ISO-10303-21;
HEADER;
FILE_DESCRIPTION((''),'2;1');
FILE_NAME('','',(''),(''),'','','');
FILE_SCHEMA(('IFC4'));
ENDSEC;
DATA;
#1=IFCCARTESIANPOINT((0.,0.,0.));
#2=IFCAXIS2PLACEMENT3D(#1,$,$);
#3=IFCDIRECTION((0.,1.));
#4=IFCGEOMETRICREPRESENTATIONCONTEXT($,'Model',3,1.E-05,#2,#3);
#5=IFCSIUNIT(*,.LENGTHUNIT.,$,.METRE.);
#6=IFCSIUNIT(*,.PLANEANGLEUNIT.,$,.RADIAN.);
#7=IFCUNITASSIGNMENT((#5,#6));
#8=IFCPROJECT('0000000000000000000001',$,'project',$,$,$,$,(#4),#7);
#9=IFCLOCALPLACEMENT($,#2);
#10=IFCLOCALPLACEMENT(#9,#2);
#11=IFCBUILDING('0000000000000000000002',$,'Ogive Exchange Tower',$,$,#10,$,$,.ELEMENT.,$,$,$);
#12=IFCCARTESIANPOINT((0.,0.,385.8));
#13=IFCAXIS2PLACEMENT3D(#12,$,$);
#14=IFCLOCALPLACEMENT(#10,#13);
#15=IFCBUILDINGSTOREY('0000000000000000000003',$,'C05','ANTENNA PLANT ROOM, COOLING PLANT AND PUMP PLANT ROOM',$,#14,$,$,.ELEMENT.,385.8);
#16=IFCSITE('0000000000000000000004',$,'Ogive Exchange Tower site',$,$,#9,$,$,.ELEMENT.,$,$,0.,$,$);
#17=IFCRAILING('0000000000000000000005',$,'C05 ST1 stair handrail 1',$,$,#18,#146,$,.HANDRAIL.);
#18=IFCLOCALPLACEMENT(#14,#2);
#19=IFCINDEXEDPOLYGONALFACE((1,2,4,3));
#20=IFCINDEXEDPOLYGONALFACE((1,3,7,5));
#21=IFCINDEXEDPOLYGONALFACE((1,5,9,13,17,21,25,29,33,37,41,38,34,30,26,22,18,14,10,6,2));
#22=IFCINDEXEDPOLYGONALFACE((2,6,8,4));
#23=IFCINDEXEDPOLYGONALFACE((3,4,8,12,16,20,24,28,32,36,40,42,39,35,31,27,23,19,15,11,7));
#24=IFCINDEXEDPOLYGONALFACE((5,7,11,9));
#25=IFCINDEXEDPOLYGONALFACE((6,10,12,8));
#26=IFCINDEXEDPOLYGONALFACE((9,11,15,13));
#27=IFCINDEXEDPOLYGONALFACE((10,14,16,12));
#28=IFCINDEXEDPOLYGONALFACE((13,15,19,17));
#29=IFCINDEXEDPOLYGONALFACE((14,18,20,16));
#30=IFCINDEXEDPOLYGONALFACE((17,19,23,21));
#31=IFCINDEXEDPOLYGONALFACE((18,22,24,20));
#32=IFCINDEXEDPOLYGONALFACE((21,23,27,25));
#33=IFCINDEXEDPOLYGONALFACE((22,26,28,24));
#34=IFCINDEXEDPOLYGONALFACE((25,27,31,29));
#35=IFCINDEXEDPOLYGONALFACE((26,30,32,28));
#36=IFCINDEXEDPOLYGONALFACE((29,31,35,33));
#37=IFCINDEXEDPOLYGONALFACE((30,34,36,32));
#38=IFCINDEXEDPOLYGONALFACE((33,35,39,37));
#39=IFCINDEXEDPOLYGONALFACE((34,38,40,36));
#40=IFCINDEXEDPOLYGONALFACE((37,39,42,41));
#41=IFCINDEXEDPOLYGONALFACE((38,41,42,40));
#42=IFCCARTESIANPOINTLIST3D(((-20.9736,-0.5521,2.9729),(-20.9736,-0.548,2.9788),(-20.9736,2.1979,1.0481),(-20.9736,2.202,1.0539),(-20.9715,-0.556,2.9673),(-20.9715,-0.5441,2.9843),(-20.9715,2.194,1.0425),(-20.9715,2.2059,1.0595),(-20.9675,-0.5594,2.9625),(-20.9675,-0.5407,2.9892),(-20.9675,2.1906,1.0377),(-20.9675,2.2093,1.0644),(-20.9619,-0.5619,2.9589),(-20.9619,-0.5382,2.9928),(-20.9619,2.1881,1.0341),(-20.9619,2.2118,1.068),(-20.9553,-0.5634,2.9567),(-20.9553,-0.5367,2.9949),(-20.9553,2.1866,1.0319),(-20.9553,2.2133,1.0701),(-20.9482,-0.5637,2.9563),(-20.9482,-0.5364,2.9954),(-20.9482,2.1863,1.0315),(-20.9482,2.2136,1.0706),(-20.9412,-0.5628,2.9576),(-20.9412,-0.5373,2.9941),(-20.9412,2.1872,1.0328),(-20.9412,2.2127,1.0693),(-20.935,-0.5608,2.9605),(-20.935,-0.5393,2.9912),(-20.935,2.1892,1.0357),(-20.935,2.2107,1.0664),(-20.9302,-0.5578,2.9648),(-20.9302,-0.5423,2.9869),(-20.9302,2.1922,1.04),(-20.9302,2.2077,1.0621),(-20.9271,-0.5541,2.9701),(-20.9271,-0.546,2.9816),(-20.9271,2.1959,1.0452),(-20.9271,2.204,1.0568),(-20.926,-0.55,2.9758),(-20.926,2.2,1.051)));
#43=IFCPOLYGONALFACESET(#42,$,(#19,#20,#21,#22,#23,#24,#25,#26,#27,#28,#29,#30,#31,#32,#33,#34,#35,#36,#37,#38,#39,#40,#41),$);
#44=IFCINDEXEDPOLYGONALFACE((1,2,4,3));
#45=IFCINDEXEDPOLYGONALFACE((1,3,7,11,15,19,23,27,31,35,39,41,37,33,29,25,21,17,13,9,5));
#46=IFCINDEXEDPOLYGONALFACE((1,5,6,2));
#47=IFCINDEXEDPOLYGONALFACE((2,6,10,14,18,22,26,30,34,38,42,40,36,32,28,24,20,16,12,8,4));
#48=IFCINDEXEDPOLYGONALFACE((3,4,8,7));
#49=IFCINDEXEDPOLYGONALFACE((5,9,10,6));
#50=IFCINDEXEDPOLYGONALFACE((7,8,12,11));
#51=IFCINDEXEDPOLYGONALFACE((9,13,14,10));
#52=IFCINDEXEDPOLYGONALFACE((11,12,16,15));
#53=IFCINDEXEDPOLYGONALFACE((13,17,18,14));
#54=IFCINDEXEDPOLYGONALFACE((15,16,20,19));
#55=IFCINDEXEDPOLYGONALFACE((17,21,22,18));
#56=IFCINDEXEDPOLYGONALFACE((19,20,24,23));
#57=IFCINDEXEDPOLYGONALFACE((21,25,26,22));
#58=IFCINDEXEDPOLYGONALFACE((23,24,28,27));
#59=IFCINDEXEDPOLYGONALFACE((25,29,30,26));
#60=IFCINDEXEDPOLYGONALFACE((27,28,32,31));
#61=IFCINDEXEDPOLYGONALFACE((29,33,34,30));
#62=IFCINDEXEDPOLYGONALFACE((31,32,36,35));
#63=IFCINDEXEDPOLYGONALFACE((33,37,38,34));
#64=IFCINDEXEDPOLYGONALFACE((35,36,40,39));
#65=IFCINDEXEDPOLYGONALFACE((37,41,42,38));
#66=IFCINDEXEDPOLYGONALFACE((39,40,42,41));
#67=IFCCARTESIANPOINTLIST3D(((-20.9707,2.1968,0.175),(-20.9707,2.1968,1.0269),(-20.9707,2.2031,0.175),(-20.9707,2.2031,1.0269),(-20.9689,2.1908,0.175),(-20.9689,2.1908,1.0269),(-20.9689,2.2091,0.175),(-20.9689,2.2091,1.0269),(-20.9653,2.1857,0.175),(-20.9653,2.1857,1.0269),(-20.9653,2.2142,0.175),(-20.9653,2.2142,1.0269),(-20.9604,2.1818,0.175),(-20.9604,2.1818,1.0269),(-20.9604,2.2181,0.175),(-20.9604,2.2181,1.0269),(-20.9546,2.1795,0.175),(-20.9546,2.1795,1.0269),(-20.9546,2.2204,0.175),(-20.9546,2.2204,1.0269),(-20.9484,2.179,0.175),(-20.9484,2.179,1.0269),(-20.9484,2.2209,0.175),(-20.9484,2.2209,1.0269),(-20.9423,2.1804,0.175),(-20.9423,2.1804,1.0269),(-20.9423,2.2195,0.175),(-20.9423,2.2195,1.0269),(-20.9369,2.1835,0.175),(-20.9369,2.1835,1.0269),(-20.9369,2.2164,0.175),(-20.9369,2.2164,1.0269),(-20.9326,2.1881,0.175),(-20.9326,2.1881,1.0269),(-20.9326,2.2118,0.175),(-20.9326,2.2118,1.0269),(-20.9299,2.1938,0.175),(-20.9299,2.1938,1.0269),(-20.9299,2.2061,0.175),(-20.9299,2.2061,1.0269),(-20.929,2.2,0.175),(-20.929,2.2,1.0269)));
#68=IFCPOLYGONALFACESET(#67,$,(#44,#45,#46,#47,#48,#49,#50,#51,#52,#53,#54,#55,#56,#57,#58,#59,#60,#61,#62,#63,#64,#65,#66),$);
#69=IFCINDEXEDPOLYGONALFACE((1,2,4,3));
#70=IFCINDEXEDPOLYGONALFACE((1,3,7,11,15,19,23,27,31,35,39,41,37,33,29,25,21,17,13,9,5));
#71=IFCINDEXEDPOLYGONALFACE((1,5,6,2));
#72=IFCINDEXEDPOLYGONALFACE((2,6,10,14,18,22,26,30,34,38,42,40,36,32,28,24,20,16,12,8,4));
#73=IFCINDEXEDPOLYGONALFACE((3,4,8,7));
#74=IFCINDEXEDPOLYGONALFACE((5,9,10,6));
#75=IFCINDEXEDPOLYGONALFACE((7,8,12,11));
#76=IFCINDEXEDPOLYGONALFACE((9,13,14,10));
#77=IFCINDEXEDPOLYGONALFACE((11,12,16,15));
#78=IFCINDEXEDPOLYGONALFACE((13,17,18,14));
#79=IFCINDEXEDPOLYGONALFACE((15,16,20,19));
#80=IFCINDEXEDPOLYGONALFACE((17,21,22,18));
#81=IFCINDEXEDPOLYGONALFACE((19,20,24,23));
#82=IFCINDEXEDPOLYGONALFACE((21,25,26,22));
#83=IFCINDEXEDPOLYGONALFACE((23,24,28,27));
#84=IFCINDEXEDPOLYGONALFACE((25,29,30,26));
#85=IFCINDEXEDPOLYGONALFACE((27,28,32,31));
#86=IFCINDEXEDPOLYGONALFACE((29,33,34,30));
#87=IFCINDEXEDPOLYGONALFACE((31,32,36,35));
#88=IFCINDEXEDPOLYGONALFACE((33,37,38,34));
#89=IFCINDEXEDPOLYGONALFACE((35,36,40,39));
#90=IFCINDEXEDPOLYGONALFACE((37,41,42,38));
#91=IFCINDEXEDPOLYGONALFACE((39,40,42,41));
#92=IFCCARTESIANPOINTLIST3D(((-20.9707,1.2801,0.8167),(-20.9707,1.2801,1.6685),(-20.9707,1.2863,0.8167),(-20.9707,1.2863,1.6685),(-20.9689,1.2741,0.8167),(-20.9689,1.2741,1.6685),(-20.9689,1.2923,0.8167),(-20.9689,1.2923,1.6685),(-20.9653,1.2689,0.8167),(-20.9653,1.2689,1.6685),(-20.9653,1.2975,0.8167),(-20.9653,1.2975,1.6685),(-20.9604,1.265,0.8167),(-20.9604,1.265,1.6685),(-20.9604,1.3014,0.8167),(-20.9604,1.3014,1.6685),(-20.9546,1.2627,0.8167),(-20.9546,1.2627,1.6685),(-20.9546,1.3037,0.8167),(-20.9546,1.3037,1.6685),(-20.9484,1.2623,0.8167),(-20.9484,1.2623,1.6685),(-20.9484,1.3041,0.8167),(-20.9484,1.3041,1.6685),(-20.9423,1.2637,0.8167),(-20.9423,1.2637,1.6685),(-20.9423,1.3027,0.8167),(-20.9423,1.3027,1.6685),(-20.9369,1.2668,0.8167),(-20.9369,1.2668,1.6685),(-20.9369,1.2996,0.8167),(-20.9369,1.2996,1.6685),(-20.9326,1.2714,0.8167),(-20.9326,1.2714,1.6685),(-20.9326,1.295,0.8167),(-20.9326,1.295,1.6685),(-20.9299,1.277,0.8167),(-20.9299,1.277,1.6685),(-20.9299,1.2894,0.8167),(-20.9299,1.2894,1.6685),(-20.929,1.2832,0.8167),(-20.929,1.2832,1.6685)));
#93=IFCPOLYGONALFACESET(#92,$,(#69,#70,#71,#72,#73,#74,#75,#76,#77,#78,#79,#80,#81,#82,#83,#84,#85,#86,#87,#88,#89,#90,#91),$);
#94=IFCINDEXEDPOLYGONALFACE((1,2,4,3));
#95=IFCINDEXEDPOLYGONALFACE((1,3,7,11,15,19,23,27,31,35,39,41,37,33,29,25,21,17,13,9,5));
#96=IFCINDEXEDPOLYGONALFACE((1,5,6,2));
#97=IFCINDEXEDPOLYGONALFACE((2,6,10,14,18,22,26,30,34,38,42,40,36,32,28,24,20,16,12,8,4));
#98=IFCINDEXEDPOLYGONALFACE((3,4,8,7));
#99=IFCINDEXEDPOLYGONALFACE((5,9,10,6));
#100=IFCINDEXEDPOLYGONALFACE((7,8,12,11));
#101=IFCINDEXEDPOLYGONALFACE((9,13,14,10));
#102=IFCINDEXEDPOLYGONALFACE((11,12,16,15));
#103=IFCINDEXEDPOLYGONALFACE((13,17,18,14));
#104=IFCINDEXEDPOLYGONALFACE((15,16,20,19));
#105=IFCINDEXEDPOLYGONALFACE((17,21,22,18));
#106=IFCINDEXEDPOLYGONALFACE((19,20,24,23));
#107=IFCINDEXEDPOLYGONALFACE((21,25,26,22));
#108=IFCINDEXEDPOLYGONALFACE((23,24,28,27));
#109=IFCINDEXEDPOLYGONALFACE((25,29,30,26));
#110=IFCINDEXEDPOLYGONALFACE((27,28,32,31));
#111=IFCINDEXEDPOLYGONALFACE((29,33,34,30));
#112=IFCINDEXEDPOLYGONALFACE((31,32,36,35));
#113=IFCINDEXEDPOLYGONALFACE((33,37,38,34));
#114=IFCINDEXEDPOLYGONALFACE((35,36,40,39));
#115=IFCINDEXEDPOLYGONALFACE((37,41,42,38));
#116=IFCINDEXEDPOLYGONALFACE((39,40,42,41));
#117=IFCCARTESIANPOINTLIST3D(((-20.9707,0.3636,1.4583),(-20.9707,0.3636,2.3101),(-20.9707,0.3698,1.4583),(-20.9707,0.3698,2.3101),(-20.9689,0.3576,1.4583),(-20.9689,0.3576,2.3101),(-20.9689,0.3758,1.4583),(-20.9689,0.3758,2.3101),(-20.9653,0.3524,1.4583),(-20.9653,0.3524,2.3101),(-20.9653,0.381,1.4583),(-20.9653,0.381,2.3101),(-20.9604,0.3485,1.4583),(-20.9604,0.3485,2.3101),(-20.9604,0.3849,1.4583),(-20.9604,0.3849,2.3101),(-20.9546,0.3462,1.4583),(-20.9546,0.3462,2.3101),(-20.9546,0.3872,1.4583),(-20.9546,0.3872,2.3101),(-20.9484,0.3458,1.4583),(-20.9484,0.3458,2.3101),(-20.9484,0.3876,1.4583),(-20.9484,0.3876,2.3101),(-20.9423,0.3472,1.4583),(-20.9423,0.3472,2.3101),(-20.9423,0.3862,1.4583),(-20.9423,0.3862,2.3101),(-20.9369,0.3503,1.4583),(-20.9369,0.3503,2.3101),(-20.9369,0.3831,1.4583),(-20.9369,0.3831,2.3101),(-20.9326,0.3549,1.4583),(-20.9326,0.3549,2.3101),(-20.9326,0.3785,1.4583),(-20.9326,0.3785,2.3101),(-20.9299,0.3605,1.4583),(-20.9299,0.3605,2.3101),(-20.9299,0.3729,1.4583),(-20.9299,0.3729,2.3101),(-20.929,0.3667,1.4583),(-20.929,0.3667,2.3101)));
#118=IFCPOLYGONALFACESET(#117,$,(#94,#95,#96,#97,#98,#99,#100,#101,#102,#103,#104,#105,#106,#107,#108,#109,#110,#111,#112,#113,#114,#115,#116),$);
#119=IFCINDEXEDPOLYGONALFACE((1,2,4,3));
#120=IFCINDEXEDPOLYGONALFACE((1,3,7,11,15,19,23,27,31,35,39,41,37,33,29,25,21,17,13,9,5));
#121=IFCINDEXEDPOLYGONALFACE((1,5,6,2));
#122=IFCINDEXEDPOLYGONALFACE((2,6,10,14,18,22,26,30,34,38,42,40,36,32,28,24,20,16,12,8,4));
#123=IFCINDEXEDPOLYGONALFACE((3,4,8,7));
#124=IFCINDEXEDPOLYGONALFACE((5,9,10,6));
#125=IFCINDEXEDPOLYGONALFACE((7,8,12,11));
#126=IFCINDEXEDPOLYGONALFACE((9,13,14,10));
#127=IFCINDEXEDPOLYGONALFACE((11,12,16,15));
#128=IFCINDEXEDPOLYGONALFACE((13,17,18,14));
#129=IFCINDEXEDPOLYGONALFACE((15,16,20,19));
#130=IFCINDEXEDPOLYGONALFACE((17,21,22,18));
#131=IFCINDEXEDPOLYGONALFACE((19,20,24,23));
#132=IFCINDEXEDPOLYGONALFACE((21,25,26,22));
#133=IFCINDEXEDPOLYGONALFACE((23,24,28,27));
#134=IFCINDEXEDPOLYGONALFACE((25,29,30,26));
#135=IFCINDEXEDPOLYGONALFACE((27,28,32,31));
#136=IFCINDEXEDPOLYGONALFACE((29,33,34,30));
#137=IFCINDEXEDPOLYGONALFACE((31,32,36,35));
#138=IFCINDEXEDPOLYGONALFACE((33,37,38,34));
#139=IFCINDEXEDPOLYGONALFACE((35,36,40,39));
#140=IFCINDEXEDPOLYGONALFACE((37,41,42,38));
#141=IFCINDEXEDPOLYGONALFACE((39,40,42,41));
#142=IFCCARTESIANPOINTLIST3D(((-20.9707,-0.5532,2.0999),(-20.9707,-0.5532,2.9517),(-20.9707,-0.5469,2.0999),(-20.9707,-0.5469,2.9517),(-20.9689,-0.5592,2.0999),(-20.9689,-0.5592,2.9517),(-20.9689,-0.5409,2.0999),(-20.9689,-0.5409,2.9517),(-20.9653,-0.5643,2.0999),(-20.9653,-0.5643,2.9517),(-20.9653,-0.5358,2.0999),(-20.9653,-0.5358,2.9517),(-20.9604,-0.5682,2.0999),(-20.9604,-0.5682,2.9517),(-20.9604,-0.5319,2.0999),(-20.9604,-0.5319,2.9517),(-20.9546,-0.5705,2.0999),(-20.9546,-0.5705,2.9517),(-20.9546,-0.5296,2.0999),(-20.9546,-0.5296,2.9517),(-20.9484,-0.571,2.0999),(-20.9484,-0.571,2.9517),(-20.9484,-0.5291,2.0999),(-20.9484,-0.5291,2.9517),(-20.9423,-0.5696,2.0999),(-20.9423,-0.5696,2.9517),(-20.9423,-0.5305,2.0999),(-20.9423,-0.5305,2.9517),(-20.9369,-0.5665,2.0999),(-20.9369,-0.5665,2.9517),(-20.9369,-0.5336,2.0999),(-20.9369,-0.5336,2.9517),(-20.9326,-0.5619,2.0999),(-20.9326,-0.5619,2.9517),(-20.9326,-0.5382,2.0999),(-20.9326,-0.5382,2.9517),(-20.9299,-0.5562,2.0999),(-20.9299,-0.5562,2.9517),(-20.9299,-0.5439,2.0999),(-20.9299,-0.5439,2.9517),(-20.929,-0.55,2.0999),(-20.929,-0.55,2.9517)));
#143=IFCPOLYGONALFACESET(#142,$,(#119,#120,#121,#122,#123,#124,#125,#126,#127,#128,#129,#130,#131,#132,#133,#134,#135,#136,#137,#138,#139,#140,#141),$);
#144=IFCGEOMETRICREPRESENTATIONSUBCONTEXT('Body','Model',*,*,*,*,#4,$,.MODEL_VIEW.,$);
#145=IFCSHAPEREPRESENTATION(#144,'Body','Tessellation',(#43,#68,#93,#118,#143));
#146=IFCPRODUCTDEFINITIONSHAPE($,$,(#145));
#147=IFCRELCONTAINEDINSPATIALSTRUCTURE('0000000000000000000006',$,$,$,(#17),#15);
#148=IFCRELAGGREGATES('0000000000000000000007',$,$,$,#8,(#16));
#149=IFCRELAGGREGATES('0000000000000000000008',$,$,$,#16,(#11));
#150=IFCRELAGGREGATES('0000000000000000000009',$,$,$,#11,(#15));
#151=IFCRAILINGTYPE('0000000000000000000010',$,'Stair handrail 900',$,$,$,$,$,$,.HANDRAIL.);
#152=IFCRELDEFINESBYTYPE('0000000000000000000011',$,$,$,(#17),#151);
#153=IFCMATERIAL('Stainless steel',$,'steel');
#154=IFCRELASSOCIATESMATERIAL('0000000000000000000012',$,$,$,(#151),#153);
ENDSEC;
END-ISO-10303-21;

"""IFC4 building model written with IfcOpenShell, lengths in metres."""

from ifc_helpers import new_model, si_unit, direction, frame, origin, origin_2d, place, context, subcontext, project, spatial, circle, extrude, material, type_object, element, save


model = new_model("IFC4")

# Units and contexts
model_context = context("Model", 3, precision=1e-05, world=origin(), true_north=direction((0.0, 1.0)))
body_context = subcontext(model_context, "Body", "Model", "MODEL_VIEW")
ifc_project = project(units=[si_unit("LENGTHUNIT", "METRE"), si_unit("PLANEANGLEUNIT", "RADIAN")], contexts=[model_context])

# Site, building, storey
site_placement = place(None, origin())
site = spatial("IfcSite", under=ifc_project, at=site_placement, Name="Ogive Exchange Tower site", CompositionType="ELEMENT", RefElevation=0.0)
building_placement = place(site_placement, origin())
building = spatial("IfcBuilding", under=site, at=building_placement, Name="Ogive Exchange Tower", CompositionType="ELEMENT")
storey_placement = place(building_placement, frame((0.0, 0.0, 385.8)))
storey = spatial("IfcBuildingStorey", under=building, at=storey_placement, Name="C05", Description="ANTENNA PLANT ROOM, COOLING PLANT AND PUMP PLANT ROOM", CompositionType="ELEMENT", Elevation=385.8)

# Railing
ifc_material_1 = material(Name="Stainless steel", Category="steel")
railing_type = type_object("IfcRailingType", Name="Stair handrail 900", PredefinedType="HANDRAIL", material=ifc_material_1)
railing_placement = place(storey_placement, frame((-20.95, 2.2, 0.175)))
element("IfcRailing", 1, at=railing_placement, inside=storey, type_object=railing_type, Name="C05 ST1 stair handrail 1", PredefinedType="HANDRAIL", context=body_context, shape_type="SweptSolid", body=[
    extrude(circle(Radius=0.0239, at=origin_2d()), frame((0.0, 0.0, 0.876), z_axis=(0.0, -0.819259, 0.573423), x_axis=(1.0, 0.0, 0.0)), (0.0, 0.0, 1.0), 3.3567),
    extrude(circle(Radius=0.021, at=origin_2d()), origin(), (0.0, 0.0, 1.0), 0.8518),
    extrude(circle(Radius=0.021, at=origin_2d()), frame((0.0, -0.9167, 0.6416)), (0.0, 0.0, 1.0), 0.8518),
    extrude(circle(Radius=0.021, at=origin_2d()), frame((0.0, -1.8333, 1.2832)), (0.0, 0.0, 1.0), 0.8518),
    extrude(circle(Radius=0.021, at=origin_2d()), frame((0.0, -2.75, 1.9248)), (0.0, 0.0, 1.0), 0.8518),
])

save(model, "model.ifc")
